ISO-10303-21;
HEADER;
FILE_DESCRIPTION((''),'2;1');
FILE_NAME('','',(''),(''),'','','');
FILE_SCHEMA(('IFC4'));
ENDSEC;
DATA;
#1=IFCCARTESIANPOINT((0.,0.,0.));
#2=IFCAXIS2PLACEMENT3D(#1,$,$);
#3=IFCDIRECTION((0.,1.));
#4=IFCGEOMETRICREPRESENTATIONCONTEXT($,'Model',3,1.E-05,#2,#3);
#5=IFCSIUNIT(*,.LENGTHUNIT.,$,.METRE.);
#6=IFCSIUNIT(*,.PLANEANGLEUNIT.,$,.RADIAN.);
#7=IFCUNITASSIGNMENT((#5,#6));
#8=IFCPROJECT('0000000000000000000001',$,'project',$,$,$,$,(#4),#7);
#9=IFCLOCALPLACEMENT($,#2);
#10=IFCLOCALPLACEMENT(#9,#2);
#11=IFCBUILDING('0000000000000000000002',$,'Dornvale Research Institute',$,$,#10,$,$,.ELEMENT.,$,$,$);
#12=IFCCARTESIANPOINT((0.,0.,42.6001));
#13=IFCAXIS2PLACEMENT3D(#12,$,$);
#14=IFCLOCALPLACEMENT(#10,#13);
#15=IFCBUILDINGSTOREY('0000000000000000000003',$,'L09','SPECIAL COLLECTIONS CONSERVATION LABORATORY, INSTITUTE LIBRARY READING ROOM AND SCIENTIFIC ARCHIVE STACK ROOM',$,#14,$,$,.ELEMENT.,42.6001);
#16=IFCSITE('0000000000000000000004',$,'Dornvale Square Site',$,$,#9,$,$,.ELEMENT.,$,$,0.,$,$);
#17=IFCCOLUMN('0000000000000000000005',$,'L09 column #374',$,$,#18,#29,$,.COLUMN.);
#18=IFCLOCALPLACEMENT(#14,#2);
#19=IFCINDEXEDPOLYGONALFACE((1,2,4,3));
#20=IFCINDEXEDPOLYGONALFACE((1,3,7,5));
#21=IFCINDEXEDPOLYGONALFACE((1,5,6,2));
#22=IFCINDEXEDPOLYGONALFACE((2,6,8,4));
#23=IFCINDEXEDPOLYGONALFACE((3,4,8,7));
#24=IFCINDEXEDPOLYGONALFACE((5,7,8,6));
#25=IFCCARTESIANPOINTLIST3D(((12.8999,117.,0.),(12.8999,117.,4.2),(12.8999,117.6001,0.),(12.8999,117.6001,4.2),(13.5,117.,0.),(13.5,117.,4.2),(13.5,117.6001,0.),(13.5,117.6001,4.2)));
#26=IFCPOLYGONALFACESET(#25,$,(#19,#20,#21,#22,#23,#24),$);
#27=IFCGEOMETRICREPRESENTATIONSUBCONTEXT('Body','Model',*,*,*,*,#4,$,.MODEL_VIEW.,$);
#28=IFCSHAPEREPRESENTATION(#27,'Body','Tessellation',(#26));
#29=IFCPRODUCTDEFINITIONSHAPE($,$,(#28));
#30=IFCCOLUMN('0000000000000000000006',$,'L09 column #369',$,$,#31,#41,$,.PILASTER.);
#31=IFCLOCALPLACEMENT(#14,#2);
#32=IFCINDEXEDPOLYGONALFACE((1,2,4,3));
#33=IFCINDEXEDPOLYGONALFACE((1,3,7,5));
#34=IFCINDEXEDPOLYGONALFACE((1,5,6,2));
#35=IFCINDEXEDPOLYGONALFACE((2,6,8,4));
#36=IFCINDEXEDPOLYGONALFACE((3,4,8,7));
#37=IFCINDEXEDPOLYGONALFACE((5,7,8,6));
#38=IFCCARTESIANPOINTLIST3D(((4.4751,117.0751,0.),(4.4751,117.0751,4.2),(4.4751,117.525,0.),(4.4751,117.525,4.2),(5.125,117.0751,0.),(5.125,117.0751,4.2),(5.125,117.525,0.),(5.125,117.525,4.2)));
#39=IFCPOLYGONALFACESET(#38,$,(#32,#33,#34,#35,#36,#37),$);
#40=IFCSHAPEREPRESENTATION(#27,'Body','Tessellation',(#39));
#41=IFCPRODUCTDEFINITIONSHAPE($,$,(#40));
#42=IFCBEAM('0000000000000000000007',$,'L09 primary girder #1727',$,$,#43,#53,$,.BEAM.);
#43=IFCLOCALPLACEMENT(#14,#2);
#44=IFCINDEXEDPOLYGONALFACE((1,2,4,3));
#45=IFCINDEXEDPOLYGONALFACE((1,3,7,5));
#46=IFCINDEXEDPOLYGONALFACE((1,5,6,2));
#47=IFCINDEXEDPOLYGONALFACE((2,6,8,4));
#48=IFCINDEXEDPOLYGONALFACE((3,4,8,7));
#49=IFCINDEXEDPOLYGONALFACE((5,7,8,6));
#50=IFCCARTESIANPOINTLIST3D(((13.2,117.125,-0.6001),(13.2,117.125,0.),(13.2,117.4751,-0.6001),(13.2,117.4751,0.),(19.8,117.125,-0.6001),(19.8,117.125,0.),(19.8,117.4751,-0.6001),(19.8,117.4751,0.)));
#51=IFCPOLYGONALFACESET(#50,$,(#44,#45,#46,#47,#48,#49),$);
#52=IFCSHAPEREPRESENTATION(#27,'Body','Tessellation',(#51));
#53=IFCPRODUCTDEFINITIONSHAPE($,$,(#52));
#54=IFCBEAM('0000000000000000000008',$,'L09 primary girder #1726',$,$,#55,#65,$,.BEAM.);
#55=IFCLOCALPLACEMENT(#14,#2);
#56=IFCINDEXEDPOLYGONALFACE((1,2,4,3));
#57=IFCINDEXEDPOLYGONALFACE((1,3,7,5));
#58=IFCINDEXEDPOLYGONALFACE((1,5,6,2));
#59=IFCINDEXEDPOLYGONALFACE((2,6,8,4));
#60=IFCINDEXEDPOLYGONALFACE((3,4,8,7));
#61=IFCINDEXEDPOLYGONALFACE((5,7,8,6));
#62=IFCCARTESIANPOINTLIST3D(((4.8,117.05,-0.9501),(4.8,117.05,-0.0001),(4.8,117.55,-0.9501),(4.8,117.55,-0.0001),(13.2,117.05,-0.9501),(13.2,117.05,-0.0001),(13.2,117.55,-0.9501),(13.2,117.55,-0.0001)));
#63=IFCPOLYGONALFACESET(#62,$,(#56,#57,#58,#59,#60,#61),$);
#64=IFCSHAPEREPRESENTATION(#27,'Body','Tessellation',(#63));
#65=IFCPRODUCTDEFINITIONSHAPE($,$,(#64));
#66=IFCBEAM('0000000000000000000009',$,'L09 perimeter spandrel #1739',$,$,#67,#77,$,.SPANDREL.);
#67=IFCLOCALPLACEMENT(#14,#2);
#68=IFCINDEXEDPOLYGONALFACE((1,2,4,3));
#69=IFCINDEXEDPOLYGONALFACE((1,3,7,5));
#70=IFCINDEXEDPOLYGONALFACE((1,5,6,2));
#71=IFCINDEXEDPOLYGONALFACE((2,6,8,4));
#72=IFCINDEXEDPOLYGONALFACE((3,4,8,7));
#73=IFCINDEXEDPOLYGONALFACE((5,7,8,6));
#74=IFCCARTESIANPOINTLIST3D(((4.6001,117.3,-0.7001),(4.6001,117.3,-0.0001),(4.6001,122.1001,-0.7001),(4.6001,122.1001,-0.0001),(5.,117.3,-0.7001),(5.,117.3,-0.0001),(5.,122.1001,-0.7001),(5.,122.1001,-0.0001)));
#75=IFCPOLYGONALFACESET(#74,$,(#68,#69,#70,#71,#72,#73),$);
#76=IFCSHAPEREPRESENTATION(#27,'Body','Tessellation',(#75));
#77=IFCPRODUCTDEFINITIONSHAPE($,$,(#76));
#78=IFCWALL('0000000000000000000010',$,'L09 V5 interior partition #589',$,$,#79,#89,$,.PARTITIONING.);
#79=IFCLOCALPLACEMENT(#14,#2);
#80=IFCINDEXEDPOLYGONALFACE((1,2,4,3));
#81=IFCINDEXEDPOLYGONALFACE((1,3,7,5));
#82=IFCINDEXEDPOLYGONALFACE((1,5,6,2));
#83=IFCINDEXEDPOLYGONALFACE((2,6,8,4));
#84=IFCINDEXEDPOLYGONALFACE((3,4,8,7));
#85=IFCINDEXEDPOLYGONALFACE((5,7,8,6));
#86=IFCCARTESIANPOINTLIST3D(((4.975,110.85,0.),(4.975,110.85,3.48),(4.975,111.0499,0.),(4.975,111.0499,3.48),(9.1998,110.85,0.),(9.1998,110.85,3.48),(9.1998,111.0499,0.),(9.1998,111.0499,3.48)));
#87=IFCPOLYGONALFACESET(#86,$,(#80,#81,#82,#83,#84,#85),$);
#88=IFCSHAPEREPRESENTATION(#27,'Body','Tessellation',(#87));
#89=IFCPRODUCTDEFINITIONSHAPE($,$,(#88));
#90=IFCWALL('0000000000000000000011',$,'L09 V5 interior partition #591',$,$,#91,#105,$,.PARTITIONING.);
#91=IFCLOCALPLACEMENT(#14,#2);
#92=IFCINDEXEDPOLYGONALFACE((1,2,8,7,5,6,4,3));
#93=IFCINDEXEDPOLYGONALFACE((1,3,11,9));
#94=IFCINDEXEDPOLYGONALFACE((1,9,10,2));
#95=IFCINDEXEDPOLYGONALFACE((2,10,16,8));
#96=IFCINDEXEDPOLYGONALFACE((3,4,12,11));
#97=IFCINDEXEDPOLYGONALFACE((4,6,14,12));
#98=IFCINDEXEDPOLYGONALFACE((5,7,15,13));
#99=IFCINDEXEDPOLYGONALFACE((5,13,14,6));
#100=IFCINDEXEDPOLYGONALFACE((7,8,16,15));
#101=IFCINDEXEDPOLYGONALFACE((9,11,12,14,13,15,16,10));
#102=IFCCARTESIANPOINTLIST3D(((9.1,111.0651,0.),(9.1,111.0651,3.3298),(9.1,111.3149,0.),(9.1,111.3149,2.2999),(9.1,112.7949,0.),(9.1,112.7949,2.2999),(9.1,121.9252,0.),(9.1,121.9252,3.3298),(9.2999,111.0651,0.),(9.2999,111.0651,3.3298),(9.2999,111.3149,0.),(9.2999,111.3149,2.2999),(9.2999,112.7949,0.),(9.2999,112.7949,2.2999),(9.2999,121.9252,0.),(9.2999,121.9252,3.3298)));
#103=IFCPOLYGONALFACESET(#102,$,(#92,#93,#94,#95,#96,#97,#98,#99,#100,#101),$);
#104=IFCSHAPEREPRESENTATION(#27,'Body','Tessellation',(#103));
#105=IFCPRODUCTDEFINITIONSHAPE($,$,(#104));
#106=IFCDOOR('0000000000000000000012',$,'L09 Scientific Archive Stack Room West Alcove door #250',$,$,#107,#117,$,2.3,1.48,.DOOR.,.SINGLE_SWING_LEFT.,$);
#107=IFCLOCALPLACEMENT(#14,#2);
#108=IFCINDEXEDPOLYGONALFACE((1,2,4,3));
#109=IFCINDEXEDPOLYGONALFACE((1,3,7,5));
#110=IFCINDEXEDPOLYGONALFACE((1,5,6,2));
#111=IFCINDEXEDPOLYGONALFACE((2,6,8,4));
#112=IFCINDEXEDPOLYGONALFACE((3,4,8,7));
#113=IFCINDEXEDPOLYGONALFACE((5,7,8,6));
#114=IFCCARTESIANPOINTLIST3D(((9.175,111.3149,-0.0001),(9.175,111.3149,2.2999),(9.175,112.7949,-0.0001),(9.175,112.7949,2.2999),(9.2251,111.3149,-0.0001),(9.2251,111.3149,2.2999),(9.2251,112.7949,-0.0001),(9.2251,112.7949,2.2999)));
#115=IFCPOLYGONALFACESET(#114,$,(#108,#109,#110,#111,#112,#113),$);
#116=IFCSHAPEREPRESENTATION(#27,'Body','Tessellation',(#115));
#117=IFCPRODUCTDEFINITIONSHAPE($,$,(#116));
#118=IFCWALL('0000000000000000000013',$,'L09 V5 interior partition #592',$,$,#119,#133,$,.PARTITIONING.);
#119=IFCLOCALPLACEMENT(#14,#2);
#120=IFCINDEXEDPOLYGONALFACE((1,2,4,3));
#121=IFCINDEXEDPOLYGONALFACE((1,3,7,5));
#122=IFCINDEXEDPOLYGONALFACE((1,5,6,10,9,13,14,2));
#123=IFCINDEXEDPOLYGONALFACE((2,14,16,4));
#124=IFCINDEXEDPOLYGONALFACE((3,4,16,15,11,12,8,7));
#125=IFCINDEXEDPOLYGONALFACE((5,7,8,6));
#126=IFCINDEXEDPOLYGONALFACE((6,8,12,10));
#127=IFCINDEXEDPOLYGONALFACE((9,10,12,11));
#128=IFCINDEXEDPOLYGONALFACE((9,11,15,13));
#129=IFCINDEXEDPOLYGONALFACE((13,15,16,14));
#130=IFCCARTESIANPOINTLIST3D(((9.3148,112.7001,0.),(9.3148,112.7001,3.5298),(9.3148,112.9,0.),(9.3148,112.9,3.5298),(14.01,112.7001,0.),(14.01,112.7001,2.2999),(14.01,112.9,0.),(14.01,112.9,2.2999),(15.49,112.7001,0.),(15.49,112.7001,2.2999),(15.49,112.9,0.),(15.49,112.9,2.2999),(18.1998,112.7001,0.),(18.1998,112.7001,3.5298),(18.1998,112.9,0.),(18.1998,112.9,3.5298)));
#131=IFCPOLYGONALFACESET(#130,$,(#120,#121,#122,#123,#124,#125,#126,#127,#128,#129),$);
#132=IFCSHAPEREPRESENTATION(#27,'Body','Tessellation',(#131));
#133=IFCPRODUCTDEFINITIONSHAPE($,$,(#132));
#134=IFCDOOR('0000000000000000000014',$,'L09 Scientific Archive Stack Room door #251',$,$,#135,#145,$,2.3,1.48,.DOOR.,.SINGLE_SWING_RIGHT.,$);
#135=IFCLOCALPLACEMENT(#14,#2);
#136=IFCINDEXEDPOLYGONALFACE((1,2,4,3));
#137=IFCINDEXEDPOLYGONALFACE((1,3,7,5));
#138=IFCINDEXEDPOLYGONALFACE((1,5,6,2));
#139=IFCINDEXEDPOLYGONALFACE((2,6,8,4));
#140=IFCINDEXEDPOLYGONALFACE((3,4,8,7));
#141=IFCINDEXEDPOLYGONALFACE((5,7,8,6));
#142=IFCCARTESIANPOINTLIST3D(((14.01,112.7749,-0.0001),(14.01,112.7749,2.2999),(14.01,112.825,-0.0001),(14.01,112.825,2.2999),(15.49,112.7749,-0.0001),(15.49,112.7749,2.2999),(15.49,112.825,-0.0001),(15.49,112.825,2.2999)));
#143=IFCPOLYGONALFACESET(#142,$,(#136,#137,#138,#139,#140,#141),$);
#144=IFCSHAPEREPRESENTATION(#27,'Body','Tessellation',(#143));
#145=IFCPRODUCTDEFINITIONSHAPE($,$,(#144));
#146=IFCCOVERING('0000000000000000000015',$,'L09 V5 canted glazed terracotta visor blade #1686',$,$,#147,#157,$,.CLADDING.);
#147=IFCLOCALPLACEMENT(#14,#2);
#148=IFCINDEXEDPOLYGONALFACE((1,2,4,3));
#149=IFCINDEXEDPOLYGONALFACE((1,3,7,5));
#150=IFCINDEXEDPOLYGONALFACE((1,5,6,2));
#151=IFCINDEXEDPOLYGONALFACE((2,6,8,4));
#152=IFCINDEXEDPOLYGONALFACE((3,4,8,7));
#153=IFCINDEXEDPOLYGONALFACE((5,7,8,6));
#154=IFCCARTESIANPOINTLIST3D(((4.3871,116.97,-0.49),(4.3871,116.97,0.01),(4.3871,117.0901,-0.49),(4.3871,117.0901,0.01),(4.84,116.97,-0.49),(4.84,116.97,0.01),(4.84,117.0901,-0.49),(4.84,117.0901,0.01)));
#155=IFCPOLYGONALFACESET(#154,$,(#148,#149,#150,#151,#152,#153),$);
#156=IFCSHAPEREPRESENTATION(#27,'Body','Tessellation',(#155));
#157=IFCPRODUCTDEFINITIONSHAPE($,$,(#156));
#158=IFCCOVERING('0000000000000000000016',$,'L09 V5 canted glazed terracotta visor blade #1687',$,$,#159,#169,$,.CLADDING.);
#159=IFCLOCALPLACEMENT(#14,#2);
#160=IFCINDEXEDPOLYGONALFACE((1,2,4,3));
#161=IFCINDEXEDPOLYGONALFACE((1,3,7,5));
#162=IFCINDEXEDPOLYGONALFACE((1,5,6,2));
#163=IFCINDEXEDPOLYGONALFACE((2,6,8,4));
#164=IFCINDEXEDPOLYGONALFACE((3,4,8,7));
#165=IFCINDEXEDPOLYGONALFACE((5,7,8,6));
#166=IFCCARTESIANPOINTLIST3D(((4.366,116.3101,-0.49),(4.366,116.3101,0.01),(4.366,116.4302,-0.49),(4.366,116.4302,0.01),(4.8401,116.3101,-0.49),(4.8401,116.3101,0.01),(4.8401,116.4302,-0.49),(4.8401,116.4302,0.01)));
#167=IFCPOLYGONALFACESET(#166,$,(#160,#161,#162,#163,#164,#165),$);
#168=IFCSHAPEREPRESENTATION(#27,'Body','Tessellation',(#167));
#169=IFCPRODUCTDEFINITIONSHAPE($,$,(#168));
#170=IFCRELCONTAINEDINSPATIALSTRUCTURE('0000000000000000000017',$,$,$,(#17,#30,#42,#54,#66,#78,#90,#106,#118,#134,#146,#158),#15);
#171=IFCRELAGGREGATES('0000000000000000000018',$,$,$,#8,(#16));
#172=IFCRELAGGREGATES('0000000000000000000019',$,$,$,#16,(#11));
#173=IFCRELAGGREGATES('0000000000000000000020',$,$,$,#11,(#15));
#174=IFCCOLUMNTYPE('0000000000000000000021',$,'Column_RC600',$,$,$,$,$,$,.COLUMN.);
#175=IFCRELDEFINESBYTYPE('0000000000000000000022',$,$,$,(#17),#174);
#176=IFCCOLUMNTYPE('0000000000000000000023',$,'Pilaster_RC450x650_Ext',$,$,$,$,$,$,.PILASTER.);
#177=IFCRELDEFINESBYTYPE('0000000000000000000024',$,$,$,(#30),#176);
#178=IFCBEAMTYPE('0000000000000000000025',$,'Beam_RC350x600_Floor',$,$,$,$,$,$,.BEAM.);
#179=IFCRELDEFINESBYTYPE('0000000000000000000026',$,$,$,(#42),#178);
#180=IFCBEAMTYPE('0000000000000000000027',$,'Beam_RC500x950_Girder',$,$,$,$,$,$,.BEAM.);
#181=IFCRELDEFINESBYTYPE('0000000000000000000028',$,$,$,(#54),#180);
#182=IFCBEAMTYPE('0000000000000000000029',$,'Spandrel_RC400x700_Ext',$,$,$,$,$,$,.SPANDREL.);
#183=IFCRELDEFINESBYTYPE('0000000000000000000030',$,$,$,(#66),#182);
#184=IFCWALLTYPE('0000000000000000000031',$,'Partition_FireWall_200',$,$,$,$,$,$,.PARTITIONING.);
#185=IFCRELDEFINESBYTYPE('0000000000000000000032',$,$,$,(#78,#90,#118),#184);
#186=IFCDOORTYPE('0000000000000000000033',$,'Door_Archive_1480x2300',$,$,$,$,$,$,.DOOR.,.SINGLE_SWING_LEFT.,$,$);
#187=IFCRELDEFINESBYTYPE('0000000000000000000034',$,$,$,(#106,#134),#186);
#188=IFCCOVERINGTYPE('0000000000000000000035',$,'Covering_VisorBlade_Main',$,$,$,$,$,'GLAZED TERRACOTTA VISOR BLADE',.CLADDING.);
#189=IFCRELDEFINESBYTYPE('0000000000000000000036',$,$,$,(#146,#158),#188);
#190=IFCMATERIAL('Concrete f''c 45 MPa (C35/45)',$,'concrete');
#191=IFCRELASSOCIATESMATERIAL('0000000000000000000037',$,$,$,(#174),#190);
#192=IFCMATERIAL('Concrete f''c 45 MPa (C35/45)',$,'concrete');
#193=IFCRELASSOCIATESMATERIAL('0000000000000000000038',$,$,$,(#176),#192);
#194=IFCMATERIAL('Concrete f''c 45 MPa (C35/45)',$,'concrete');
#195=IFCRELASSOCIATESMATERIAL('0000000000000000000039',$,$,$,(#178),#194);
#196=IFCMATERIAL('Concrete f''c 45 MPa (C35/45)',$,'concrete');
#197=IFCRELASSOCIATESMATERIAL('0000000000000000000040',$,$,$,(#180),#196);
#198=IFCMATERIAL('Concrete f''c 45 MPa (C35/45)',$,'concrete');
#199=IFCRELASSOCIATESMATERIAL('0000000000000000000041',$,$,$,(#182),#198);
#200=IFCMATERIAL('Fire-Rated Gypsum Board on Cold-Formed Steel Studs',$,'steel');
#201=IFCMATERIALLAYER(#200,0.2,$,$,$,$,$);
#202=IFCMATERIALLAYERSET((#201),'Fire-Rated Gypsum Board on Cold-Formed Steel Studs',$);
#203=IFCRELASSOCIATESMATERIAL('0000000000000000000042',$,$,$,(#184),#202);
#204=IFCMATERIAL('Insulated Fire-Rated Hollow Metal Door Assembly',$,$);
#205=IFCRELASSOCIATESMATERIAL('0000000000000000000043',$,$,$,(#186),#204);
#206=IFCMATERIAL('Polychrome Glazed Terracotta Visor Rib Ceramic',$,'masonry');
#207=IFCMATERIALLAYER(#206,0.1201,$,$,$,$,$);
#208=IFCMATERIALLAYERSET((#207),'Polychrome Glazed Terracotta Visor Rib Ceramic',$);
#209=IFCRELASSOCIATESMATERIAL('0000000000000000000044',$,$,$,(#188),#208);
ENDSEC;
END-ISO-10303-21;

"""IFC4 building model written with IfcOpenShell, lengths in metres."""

from ifc_helpers import new_model, si_unit, direction, frame, frame_2d, origin, origin_2d, place, context, subcontext, project, spatial, rectangle, extrude, material, layer, layer_set, material_profile, profile_set, type_object, element, fill, save


model = new_model("IFC4")

# Units and contexts
model_context = context("Model", 3, precision=1e-05, world=origin(), true_north=direction((0.0, 1.0)))
body_context = subcontext(model_context, "Body", "Model", "MODEL_VIEW")
ifc_project = project(units=[si_unit("LENGTHUNIT", "METRE"), si_unit("PLANEANGLEUNIT", "RADIAN")], contexts=[model_context])

# Site, building, storey
site_placement = place(None, origin())
site = spatial("IfcSite", under=ifc_project, at=site_placement, Name="Dornvale Square Site", CompositionType="ELEMENT", RefElevation=0.0)
building_placement = place(site_placement, origin())
building = spatial("IfcBuilding", under=site, at=building_placement, Name="Dornvale Research Institute", CompositionType="ELEMENT")
storey_placement = place(building_placement, frame((0.0, 0.0, 42.6001)))
storey = spatial("IfcBuildingStorey", under=building, at=storey_placement, Name="L09", Description="SPECIAL COLLECTIONS CONSERVATION LABORATORY, INSTITUTE LIBRARY READING ROOM AND SCIENTIFIC ARCHIVE STACK ROOM", CompositionType="ELEMENT", Elevation=42.6001)

# Columns
ifc_material_1 = material(Name="Concrete f'c 45 MPa (C35/45)", Category="concrete")
ifc_material_profile_1 = material_profile(ifc_material_1, rectangle(XDim=0.6001, YDim=0.6001, at=origin_2d()), Name="RC 600x600")
ifc_profile_set_1 = profile_set([ifc_material_profile_1], Name="Concrete f'c 45 MPa (C35/45)")
column_type_1 = type_object("IfcColumnType", Name="Column_RC600", PredefinedType="COLUMN", material=ifc_profile_set_1)
column_1_placement = place(storey_placement, frame((13.2, 117.3, 0.0), z_axis=(0.0, 0.0, 1.0), x_axis=(1.0, 0.0, 0.0)))
element("IfcColumn", 1, at=column_1_placement, inside=storey, type_object=column_type_1, Name="L09 column #374", PredefinedType="COLUMN", context=body_context, shape_type="SweptSolid", body=[
    extrude(rectangle(XDim=0.6001, YDim=0.6001, at=origin_2d()), origin(), (0.0, 0.0, 1.0), 4.2),
])
ifc_material_2 = material(Name="Concrete f'c 45 MPa (C35/45)", Category="concrete")
ifc_material_profile_2 = material_profile(ifc_material_2, rectangle(XDim=0.45, YDim=0.6499, at=origin_2d()), Name="RC 450x650")
ifc_profile_set_2 = profile_set([ifc_material_profile_2], Name="Concrete f'c 45 MPa (C35/45)")
column_type_2 = type_object("IfcColumnType", Name="Pilaster_RC450x650_Ext", PredefinedType="PILASTER", material=ifc_profile_set_2)
column_2_placement = place(storey_placement, frame((4.8, 117.3, 0.0), z_axis=(0.0, 0.0, 1.0), x_axis=(0.0, 1.0, 0.0)))
element("IfcColumn", 2, at=column_2_placement, inside=storey, type_object=column_type_2, Name="L09 column #369", PredefinedType="PILASTER", context=body_context, shape_type="SweptSolid", body=[
    extrude(rectangle(XDim=0.45, YDim=0.6499, at=origin_2d()), origin(), (0.0, 0.0, 1.0), 4.2),
])

# Beams
ifc_material_3 = material(Name="Concrete f'c 45 MPa (C35/45)", Category="concrete")
ifc_material_profile_3 = material_profile(ifc_material_3, rectangle(XDim=0.3501, YDim=0.6001, at=origin_2d()), Name="RC 350x600")
ifc_profile_set_3 = profile_set([ifc_material_profile_3], Name="Concrete f'c 45 MPa (C35/45)")
beam_type_1 = type_object("IfcBeamType", Name="Beam_RC350x600_Floor", PredefinedType="BEAM", material=ifc_profile_set_3)
beam_1_placement = place(storey_placement, frame((13.2, 117.3, -0.3), z_axis=(1.0, 0.0, 0.0), x_axis=(0.0, 1.0, 0.0)))
element("IfcBeam", 3, at=beam_1_placement, inside=storey, type_object=beam_type_1, Name="L09 primary girder #1727", PredefinedType="BEAM", context=body_context, shape_type="SweptSolid", body=[
    extrude(rectangle(XDim=0.3501, YDim=0.6001, at=origin_2d()), origin(), (0.0, 0.0, 1.0), 6.6001),
])
ifc_material_4 = material(Name="Concrete f'c 45 MPa (C35/45)", Category="concrete")
ifc_material_profile_4 = material_profile(ifc_material_4, rectangle(XDim=0.5, YDim=0.95, at=origin_2d()), Name="RC 500x950")
ifc_profile_set_4 = profile_set([ifc_material_profile_4], Name="Concrete f'c 45 MPa (C35/45)")
beam_type_2 = type_object("IfcBeamType", Name="Beam_RC500x950_Girder", PredefinedType="BEAM", material=ifc_profile_set_4)
beam_2_placement = place(storey_placement, frame((4.8, 117.3, -0.4751), z_axis=(1.0, 0.0, 0.0), x_axis=(0.0, 1.0, 0.0)))
element("IfcBeam", 4, at=beam_2_placement, inside=storey, type_object=beam_type_2, Name="L09 primary girder #1726", PredefinedType="BEAM", context=body_context, shape_type="SweptSolid", body=[
    extrude(rectangle(XDim=0.5, YDim=0.95, at=origin_2d()), origin(), (0.0, 0.0, 1.0), 8.3999),
])
ifc_material_5 = material(Name="Concrete f'c 45 MPa (C35/45)", Category="concrete")
ifc_material_profile_5 = material_profile(ifc_material_5, rectangle(XDim=0.3999, YDim=0.7, at=origin_2d()), Name="RC 400x700")
ifc_profile_set_5 = profile_set([ifc_material_profile_5], Name="Concrete f'c 45 MPa (C35/45)")
beam_type_3 = type_object("IfcBeamType", Name="Spandrel_RC400x700_Ext", PredefinedType="SPANDREL", material=ifc_profile_set_5)
beam_3_placement = place(storey_placement, frame((4.8, 117.3, -0.3501), z_axis=(0.0, 1.0, 0.0), x_axis=(-1.0, 0.0, 0.0)))
element("IfcBeam", 5, at=beam_3_placement, inside=storey, type_object=beam_type_3, Name="L09 perimeter spandrel #1739", PredefinedType="SPANDREL", context=body_context, shape_type="SweptSolid", body=[
    extrude(rectangle(XDim=0.3999, YDim=0.7, at=origin_2d()), origin(), (0.0, 0.0, 1.0), 4.8),
])

# Wall
ifc_material_6 = material(Name="Fire-Rated Gypsum Board on Cold-Formed Steel Studs", Category="steel")
ifc_layer_1 = layer(ifc_material_6, 0.2)
ifc_layer_set_1 = layer_set([ifc_layer_1], Name="Fire-Rated Gypsum Board on Cold-Formed Steel Studs")
wall_type = type_object("IfcWallType", Name="Partition_FireWall_200", PredefinedType="PARTITIONING", material=ifc_layer_set_1)
wall_1_placement = place(storey_placement, frame((4.9751, 110.95, 0.0), z_axis=(0.0, 0.0, 1.0), x_axis=(1.0, 0.0, 0.0)))
element("IfcWall", 6, at=wall_1_placement, inside=storey, type_object=wall_type, Name="L09 V5 interior partition #589", PredefinedType="PARTITIONING", context=body_context, shape_type="SweptSolid", body=[
    extrude(rectangle(XDim=4.2249, YDim=0.2, at=frame_2d((2.1123, 0.0))), origin(), (0.0, 0.0, 1.0), 3.48),
])

# Walls, openings, doors
wall_2_placement = place(storey_placement, frame((9.2, 111.0649, 0.0), z_axis=(0.0, 0.0, 1.0), x_axis=(0.0, 1.0, 0.0)))
wall_2 = element("IfcWall", 7, at=wall_2_placement, inside=storey, type_object=wall_type, Name="L09 V5 interior partition #591", PredefinedType="PARTITIONING", context=body_context, shape_type="SweptSolid", body=[
    extrude(rectangle(XDim=10.8601, YDim=0.2, at=frame_2d((5.4302, 0.0))), origin(), (0.0, 0.0, 1.0), 3.3298),
])
opening_1_placement = place(wall_2_placement, frame((0.25, 0.0, 0.0)))
opening_1 = element("IfcOpeningElement", 8, at=opening_1_placement, cuts=wall_2, PredefinedType="OPENING", context=body_context, shape_type="SweptSolid", body=[
    extrude(rectangle(XDim=1.48, YDim=2.3, at=frame_2d((0.74, 1.1499))), frame((0.0, 0.115, 0.0), z_axis=(0.0, -1.0, 0.0), x_axis=(1.0, 0.0, 0.0)), (0.0, 0.0, 1.0), 0.23),
])
ifc_material_7 = material(Name="Insulated Fire-Rated Hollow Metal Door Assembly")
door_type = type_object("IfcDoorType", Name="Door_Archive_1480x2300", OperationType="SINGLE_SWING_LEFT", PredefinedType="DOOR", material=ifc_material_7)
door_1_placement = place(opening_1_placement, origin())
door_1 = element("IfcDoor", 9, at=door_1_placement, inside=storey, type_object=door_type, Name="L09 Scientific Archive Stack Room West Alcove door #250", OperationType="SINGLE_SWING_LEFT", OverallHeight=2.3, OverallWidth=1.48, PredefinedType="DOOR", context=body_context, shape_type="SweptSolid", body=[
    extrude(rectangle(XDim=1.48, YDim=2.3, at=frame_2d((0.74, 1.1499))), frame((0.0, 0.0249, 0.0), z_axis=(0.0, -1.0, 0.0), x_axis=(1.0, 0.0, 0.0)), (0.0, 0.0, 1.0), 0.05),
])
fill(opening_1, door_1)
wall_3_placement = place(storey_placement, frame((9.3149, 112.8, 0.0), z_axis=(0.0, 0.0, 1.0), x_axis=(1.0, 0.0, 0.0)))
wall_3 = element("IfcWall", 10, at=wall_3_placement, inside=storey, type_object=wall_type, Name="L09 V5 interior partition #592", PredefinedType="PARTITIONING", context=body_context, shape_type="SweptSolid", body=[
    extrude(rectangle(XDim=8.885, YDim=0.2, at=frame_2d((4.4424, 0.0))), origin(), (0.0, 0.0, 1.0), 3.5298),
])
opening_2_placement = place(wall_3_placement, frame((4.6951, 0.0, 0.0)))
opening_2 = element("IfcOpeningElement", 11, at=opening_2_placement, cuts=wall_3, PredefinedType="OPENING", context=body_context, shape_type="SweptSolid", body=[
    extrude(rectangle(XDim=1.48, YDim=2.3, at=frame_2d((0.74, 1.1499))), frame((0.0, 0.115, 0.0), z_axis=(0.0, -1.0, 0.0), x_axis=(1.0, 0.0, 0.0)), (0.0, 0.0, 1.0), 0.23),
])
door_2_placement = place(opening_2_placement, origin())
door_2 = element("IfcDoor", 12, at=door_2_placement, inside=storey, type_object=door_type, Name="L09 Scientific Archive Stack Room door #251", OperationType="SINGLE_SWING_RIGHT", OverallHeight=2.3, OverallWidth=1.48, PredefinedType="DOOR", context=body_context, shape_type="SweptSolid", body=[
    extrude(rectangle(XDim=1.48, YDim=2.3, at=frame_2d((0.74, 1.1499))), frame((0.0, 0.0249, 0.0), z_axis=(0.0, -1.0, 0.0), x_axis=(1.0, 0.0, 0.0)), (0.0, 0.0, 1.0), 0.05),
])
fill(opening_2, door_2)

# Coverings
ifc_material_8 = material(Name="Polychrome Glazed Terracotta Visor Rib Ceramic", Category="masonry")
ifc_layer_2 = layer(ifc_material_8, 0.1201)
ifc_layer_set_2 = layer_set([ifc_layer_2], Name="Polychrome Glazed Terracotta Visor Rib Ceramic")
covering_type = type_object("IfcCoveringType", Name="Covering_VisorBlade_Main", ElementType="GLAZED TERRACOTTA VISOR BLADE", PredefinedType="CLADDING", material=ifc_layer_set_2)
covering_1_placement = place(storey_placement, frame((4.6135, 117.03, -0.49), z_axis=(0.0, 0.0, 1.0), x_axis=(1.0, 0.0, 0.0)))
element("IfcCovering", 13, at=covering_1_placement, inside=storey, type_object=covering_type, Name="L09 V5 canted glazed terracotta visor blade #1686", PredefinedType="CLADDING", context=body_context, shape_type="SweptSolid", body=[
    extrude(rectangle(XDim=0.4529, YDim=0.1201, at=origin_2d()), origin(), (0.0, 0.0, 1.0), 0.5),
])
covering_2_placement = place(storey_placement, frame((4.603, 116.3701, -0.49), z_axis=(0.0, 0.0, 1.0), x_axis=(1.0, 0.0, 0.0)))
element("IfcCovering", 14, at=covering_2_placement, inside=storey, type_object=covering_type, Name="L09 V5 canted glazed terracotta visor blade #1687", PredefinedType="CLADDING", context=body_context, shape_type="SweptSolid", body=[
    extrude(rectangle(XDim=0.4741, YDim=0.1201, at=origin_2d()), origin(), (0.0, 0.0, 1.0), 0.5),
])

save(model, "model.ifc")
